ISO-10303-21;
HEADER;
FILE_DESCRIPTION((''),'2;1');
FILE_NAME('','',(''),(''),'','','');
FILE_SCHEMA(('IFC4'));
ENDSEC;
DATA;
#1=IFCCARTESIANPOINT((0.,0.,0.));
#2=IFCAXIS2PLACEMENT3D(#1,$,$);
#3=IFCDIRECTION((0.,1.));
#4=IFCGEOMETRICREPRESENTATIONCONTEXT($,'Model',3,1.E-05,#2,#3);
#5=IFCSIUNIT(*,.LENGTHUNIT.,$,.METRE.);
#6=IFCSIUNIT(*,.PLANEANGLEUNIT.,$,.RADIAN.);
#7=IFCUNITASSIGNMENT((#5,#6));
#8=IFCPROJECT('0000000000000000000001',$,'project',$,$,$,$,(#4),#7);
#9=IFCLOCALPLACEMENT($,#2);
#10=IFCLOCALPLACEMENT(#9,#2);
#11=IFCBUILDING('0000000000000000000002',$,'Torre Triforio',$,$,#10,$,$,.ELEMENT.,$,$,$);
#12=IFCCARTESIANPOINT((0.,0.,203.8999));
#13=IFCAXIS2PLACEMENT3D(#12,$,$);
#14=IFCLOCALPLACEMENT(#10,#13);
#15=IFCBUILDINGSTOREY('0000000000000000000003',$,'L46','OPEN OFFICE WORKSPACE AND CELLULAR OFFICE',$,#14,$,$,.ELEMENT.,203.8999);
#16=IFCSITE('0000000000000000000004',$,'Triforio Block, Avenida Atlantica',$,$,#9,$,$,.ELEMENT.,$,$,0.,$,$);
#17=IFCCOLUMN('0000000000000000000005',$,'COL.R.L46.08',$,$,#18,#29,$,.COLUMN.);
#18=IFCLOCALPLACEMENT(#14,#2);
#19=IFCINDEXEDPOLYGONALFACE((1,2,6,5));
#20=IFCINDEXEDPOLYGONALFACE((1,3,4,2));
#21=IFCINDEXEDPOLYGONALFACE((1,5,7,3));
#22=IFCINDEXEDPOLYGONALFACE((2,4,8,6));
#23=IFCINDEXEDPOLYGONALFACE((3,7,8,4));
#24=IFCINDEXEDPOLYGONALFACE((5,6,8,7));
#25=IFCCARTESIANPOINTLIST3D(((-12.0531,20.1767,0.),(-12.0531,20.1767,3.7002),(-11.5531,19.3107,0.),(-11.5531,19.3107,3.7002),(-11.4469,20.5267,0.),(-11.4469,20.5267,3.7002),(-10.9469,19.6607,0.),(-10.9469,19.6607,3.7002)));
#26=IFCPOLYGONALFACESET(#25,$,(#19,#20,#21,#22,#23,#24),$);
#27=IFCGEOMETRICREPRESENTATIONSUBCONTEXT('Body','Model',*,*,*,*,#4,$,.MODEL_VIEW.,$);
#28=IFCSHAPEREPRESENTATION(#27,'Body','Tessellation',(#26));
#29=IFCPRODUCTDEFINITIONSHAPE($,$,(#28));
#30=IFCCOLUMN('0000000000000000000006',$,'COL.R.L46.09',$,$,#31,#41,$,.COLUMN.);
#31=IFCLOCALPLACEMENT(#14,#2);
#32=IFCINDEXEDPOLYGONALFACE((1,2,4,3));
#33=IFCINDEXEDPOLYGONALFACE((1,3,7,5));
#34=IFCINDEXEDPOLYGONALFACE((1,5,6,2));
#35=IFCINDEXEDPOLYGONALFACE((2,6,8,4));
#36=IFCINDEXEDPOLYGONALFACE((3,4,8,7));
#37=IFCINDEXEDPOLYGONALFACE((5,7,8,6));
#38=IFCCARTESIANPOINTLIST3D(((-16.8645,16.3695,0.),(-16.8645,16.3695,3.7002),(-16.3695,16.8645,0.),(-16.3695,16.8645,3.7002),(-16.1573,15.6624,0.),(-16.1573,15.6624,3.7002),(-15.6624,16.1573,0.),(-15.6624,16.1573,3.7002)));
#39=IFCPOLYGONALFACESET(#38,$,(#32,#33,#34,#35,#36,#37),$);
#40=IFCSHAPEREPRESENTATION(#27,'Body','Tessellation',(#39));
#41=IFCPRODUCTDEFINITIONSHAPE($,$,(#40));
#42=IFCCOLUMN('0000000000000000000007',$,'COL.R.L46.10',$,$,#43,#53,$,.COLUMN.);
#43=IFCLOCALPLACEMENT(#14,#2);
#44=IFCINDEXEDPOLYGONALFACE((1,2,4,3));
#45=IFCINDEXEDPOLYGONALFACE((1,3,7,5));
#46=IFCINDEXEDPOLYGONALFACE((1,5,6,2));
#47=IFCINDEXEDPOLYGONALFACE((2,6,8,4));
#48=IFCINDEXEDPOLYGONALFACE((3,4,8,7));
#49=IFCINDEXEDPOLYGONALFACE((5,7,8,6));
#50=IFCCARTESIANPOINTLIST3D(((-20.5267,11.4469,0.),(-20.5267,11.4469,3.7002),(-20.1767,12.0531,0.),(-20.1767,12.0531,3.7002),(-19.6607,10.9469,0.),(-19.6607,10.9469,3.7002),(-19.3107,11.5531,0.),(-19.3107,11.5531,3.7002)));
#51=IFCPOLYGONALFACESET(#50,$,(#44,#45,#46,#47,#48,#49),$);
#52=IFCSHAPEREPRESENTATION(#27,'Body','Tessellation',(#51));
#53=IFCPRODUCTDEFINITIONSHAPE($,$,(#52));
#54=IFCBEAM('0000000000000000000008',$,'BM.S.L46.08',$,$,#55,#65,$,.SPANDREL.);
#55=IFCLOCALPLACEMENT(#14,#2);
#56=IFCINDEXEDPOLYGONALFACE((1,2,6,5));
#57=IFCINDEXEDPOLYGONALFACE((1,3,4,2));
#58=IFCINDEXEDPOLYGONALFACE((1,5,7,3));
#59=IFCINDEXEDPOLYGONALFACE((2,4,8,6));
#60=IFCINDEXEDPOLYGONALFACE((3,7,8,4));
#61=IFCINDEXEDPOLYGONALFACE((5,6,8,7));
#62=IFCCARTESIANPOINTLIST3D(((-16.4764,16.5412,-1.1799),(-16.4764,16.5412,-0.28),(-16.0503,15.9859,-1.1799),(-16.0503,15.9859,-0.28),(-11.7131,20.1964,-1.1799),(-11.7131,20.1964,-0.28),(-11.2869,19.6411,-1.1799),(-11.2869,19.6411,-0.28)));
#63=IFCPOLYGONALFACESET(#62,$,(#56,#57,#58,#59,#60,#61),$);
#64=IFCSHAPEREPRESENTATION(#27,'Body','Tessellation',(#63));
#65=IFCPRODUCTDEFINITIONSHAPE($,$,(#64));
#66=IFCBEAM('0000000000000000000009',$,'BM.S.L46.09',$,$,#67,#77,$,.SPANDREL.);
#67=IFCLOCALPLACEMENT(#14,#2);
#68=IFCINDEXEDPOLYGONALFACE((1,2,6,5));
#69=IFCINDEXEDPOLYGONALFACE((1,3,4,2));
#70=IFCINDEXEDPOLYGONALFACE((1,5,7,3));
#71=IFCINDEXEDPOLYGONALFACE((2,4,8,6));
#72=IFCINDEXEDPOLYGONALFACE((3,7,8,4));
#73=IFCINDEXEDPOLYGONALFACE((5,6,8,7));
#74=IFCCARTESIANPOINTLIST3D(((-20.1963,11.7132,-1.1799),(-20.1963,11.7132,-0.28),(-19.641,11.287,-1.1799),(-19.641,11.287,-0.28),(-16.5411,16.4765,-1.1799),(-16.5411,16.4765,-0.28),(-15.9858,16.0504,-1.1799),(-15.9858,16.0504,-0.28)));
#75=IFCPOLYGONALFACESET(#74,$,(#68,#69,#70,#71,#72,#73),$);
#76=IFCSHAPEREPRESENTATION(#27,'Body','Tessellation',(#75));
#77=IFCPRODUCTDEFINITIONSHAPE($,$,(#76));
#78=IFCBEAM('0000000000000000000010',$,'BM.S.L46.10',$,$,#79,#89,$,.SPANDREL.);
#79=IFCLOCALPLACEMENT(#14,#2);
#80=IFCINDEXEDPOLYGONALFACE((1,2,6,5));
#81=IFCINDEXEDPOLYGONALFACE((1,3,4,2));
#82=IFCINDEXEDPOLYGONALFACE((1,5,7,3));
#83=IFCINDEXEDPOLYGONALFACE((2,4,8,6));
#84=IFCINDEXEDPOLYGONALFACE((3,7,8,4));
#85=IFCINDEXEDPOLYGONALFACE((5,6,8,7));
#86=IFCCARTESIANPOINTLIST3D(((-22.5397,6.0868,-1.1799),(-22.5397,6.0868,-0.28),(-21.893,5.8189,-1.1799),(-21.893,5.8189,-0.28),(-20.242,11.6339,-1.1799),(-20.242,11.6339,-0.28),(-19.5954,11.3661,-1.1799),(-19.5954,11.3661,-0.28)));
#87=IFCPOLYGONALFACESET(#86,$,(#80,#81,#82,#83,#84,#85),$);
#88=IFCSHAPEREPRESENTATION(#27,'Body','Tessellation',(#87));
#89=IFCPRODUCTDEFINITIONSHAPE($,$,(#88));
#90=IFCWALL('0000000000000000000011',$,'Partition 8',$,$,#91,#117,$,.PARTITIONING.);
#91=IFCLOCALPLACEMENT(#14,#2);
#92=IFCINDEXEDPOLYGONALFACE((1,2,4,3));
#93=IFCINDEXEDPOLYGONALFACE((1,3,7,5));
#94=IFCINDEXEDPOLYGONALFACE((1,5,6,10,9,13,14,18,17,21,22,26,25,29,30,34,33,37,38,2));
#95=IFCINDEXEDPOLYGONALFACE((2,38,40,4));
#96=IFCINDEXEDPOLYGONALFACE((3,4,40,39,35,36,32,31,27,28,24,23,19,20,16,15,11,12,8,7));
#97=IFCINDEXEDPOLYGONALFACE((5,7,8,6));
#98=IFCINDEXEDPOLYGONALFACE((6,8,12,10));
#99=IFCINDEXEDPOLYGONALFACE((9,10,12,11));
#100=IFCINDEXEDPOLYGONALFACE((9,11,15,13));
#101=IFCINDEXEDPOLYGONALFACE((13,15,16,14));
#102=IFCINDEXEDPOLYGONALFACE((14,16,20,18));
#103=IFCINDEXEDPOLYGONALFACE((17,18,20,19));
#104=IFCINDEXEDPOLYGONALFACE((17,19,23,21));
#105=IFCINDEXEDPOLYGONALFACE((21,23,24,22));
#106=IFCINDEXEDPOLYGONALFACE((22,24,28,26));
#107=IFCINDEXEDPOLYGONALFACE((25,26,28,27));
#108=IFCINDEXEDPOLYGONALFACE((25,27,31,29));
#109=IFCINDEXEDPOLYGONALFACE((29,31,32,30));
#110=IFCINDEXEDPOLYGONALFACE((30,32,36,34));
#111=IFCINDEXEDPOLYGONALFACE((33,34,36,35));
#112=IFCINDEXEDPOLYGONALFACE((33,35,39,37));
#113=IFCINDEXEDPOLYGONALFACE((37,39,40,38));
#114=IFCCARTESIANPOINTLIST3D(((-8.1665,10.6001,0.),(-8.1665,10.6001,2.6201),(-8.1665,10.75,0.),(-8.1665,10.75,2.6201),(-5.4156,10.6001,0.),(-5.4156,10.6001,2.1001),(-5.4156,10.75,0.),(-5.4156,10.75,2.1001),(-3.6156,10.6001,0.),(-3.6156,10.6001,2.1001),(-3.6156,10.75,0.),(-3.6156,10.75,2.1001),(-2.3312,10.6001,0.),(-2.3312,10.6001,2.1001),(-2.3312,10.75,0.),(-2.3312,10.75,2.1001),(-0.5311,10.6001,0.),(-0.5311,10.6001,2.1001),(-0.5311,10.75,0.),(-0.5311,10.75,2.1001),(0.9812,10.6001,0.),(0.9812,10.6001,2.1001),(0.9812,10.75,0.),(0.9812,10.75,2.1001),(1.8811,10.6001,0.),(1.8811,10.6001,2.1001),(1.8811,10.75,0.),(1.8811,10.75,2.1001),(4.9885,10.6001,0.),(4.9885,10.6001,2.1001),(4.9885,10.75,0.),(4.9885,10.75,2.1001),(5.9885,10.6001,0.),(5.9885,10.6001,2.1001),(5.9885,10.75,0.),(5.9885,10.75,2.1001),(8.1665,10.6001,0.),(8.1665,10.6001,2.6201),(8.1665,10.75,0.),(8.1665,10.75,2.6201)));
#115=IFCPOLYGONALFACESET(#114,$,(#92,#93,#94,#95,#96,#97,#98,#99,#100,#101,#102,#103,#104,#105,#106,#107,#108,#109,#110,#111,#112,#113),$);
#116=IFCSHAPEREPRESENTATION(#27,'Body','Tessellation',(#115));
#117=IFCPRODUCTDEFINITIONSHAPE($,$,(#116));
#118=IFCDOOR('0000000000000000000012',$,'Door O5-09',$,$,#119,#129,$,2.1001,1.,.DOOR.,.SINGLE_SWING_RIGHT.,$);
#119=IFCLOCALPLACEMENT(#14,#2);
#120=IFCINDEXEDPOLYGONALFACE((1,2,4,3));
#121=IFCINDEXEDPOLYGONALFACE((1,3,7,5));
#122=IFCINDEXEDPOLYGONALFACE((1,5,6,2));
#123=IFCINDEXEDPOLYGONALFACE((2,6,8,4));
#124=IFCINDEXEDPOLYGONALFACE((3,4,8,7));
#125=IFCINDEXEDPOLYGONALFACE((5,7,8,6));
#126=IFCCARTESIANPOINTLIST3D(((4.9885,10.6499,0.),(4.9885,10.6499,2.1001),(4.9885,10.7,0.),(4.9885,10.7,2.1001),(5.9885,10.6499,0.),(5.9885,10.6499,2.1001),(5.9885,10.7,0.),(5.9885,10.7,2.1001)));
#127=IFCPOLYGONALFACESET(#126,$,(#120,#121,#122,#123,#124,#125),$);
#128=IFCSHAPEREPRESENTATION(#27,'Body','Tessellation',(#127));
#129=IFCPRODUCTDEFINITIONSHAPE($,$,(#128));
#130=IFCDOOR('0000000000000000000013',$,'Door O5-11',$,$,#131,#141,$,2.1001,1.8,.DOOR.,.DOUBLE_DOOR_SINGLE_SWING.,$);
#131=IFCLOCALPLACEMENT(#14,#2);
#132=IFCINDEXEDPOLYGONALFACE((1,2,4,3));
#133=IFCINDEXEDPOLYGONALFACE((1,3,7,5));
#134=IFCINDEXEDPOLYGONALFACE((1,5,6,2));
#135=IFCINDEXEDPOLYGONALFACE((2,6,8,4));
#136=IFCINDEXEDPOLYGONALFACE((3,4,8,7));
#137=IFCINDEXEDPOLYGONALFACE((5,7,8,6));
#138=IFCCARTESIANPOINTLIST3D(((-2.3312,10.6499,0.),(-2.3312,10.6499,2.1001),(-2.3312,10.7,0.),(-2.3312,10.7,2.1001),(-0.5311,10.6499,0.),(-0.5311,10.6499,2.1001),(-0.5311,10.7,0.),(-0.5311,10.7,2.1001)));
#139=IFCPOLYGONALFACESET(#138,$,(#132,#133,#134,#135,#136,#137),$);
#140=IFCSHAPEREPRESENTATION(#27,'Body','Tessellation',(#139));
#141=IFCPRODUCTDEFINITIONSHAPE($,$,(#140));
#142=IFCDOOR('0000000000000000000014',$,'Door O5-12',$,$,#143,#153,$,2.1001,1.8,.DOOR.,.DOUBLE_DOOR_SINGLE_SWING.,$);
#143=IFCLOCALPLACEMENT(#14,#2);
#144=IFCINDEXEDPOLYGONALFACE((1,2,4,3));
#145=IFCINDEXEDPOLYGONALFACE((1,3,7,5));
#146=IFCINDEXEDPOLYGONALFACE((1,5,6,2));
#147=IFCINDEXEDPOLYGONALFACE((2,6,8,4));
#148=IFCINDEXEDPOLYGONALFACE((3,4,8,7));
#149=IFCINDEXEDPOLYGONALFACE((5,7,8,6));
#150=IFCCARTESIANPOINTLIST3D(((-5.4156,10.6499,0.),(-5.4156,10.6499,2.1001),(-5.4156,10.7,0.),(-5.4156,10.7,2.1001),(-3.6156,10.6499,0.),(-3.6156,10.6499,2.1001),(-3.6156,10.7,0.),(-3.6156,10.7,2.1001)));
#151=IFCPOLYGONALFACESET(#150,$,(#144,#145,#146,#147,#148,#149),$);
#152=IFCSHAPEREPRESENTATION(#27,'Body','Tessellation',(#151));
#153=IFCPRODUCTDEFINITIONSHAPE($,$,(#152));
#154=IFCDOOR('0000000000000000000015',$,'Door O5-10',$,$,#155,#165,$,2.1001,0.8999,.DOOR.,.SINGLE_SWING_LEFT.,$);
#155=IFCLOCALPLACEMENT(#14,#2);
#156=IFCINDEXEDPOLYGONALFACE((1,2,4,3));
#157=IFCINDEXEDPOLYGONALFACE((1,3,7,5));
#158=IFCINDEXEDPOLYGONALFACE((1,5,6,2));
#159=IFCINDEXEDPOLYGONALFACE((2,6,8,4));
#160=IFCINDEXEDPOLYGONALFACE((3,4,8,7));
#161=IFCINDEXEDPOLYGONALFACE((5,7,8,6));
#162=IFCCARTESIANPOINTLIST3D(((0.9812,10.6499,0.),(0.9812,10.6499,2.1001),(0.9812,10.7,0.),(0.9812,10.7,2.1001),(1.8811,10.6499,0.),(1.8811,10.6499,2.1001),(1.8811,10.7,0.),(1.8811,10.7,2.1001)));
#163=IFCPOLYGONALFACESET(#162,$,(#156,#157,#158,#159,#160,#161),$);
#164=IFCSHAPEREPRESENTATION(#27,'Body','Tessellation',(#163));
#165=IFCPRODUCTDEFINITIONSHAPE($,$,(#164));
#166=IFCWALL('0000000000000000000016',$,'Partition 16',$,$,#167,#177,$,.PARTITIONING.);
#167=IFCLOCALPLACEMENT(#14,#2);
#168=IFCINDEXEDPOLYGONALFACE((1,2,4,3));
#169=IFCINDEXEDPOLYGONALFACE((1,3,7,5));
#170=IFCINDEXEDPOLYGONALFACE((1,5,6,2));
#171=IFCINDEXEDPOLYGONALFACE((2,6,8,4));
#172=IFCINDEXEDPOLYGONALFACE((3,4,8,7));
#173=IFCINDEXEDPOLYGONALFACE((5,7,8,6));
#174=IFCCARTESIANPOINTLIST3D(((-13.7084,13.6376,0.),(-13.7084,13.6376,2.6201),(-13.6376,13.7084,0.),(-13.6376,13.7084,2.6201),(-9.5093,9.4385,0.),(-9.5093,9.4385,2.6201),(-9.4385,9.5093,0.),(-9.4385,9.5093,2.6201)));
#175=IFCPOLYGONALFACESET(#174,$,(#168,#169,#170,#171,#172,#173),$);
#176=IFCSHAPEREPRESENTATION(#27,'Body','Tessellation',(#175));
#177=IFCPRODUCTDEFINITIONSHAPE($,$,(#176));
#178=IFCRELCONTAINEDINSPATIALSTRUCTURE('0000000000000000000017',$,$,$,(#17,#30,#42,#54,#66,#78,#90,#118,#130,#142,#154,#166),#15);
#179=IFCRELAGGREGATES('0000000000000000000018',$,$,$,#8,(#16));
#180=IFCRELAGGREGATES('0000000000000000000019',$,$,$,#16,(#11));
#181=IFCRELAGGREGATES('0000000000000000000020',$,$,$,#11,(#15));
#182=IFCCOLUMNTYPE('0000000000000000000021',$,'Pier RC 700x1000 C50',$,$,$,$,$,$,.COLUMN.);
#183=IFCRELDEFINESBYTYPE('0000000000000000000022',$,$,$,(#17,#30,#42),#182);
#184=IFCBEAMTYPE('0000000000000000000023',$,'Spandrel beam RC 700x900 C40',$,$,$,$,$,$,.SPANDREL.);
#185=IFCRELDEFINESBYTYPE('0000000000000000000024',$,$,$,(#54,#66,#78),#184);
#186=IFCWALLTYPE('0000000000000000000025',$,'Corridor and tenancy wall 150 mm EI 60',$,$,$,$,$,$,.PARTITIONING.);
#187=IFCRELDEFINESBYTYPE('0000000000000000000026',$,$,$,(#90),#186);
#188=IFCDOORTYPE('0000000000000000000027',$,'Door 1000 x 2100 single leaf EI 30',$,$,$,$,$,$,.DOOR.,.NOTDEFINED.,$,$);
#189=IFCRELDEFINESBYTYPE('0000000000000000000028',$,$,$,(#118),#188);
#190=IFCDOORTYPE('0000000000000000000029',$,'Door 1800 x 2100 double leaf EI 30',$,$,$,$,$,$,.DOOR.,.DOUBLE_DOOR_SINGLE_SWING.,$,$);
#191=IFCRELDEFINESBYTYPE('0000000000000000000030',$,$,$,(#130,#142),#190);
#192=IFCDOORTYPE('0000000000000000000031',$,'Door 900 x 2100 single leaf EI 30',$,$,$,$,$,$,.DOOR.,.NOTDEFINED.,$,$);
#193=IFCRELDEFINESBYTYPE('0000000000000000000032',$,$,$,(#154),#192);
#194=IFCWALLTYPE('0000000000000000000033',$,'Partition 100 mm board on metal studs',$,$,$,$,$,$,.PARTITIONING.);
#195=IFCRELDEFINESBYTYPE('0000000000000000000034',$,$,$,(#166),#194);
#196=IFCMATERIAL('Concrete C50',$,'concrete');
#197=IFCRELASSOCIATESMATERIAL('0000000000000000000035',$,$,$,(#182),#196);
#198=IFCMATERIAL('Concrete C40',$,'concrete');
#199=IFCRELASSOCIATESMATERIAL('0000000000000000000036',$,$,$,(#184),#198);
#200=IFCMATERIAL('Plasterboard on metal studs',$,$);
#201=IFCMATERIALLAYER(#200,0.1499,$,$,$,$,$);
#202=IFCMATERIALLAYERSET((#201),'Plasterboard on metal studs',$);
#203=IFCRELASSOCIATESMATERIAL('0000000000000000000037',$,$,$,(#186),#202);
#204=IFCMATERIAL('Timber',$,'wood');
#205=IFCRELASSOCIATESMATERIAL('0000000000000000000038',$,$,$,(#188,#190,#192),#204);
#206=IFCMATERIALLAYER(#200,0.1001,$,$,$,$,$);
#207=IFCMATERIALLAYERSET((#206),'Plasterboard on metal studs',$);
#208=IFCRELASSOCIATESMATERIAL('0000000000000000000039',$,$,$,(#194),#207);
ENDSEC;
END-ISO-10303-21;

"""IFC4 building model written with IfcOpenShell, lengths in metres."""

from ifc_helpers import new_model, si_unit, direction, frame, frame_2d, origin, origin_2d, place, context, subcontext, project, spatial, rectangle, extrude, material, layer, layer_set, material_profile, profile_set, type_object, element, fill, save


model = new_model("IFC4")

# Units and contexts
model_context = context("Model", 3, precision=1e-05, world=origin(), true_north=direction((0.0, 1.0)))
body_context = subcontext(model_context, "Body", "Model", "MODEL_VIEW")
ifc_project = project(units=[si_unit("LENGTHUNIT", "METRE"), si_unit("PLANEANGLEUNIT", "RADIAN")], contexts=[model_context])

# Site, building, storey
site_placement = place(None, origin())
site = spatial("IfcSite", under=ifc_project, at=site_placement, Name="Triforio Block, Avenida Atlantica", CompositionType="ELEMENT", RefElevation=0.0)
building_placement = place(site_placement, origin())
building = spatial("IfcBuilding", under=site, at=building_placement, Name="Torre Triforio", CompositionType="ELEMENT")
storey_placement = place(building_placement, frame((0.0, 0.0, 203.8999)))
storey = spatial("IfcBuildingStorey", under=building, at=storey_placement, Name="L46", Description="OPEN OFFICE WORKSPACE AND CELLULAR OFFICE", CompositionType="ELEMENT", Elevation=203.8999)

# Columns
ifc_material_1 = material(Name="Concrete C50", Category="concrete")
ifc_material_profile_1 = material_profile(ifc_material_1, rectangle(XDim=0.7, YDim=1.0, at=origin_2d()), Name="RC 700x1000")
ifc_profile_set_1 = profile_set([ifc_material_profile_1], Name="Concrete C50")
column_type = type_object("IfcColumnType", Name="Pier RC 700x1000 C50", PredefinedType="COLUMN", material=ifc_profile_set_1)
for number, where, z_axis, x_axis, name in (
    (1, (-11.5, 19.9187, 0.0), (0.0, 0.0, 1.0), (-0.866025, -0.5, 0.0), "COL.R.L46.08"),
    (2, (-16.2634, 16.2634, 0.0), (0.0, 0.0, 1.0), (-0.707107, -0.707107, 0.0), "COL.R.L46.09"),
    (3, (-19.9187, 11.5, 0.0), (0.0, 0.0, 1.0), (-0.5, -0.866025, 0.0), "COL.R.L46.10"),
):
    element("IfcColumn", number, at=place(storey_placement, frame(where, z_axis=z_axis, x_axis=x_axis)), inside=storey, type_object=column_type, Name=name, PredefinedType="COLUMN", context=body_context, shape_type="SweptSolid", body=[
        extrude(rectangle(XDim=0.7, YDim=1.0, at=origin_2d()), origin(), (0.0, 0.0, 1.0), 3.7002),
    ])

# Beams
ifc_material_2 = material(Name="Concrete C40", Category="concrete")
ifc_material_profile_2 = material_profile(ifc_material_2, rectangle(XDim=0.7, YDim=0.8999, at=origin_2d()), Name="RC 700x900")
ifc_profile_set_2 = profile_set([ifc_material_profile_2], Name="Concrete C40")
beam_type = type_object("IfcBeamType", Name="Spandrel beam RC 700x900 C40", PredefinedType="SPANDREL", material=ifc_profile_set_2)
for number, where, z_axis, x_axis, name in (
    (4, (-11.5, 19.9187, -0.73), (-0.79334, -0.608779, 0.0), (0.608779, -0.79334, 0.0), "BM.S.L46.08"),
    (5, (-16.2634, 16.2634, -0.73), (-0.608779, -0.79334, 0.0), (0.79334, -0.608779, 0.0), "BM.S.L46.09"),
    (6, (-19.9187, 11.5, -0.73), (-0.382671, -0.923885, 0.0), (0.923885, -0.382671, 0.0), "BM.S.L46.10"),
):
    element("IfcBeam", number, at=place(storey_placement, frame(where, z_axis=z_axis, x_axis=x_axis)), inside=storey, type_object=beam_type, Name=name, PredefinedType="SPANDREL", context=body_context, shape_type="SweptSolid", body=[
        extrude(rectangle(XDim=0.7, YDim=0.8999, at=origin_2d()), origin(), (0.0, 0.0, 1.0), 6.0042),
    ])

# Wall, openings, doors
ifc_material_3 = material(Name="Plasterboard on metal studs")
ifc_layer_1 = layer(ifc_material_3, 0.1499)
ifc_layer_set_1 = layer_set([ifc_layer_1], Name="Plasterboard on metal studs")
wall_type_1 = type_object("IfcWallType", Name="Corridor and tenancy wall 150 mm EI 60", PredefinedType="PARTITIONING", material=ifc_layer_set_1)
wall_1_placement = place(storey_placement, frame((-8.1665, 10.675, 0.0), z_axis=(0.0, 0.0, 1.0), x_axis=(1.0, 0.0, 0.0)))
wall_1 = element("IfcWall", 7, at=wall_1_placement, inside=storey, type_object=wall_type_1, Name="Partition 8", PredefinedType="PARTITIONING", context=body_context, shape_type="SweptSolid", body=[
    extrude(rectangle(XDim=16.333, YDim=0.1499, at=frame_2d((8.1665, 0.0))), origin(), (0.0, 0.0, 1.0), 2.6201),
])
opening_1_placement = place(wall_1_placement, frame((13.155, 0.0, 0.0)))
opening_1 = element("IfcOpeningElement", 8, at=opening_1_placement, cuts=wall_1, PredefinedType="OPENING", context=body_context, shape_type="SweptSolid", body=[
    extrude(rectangle(XDim=1.0, YDim=2.1001, at=frame_2d((0.5, 1.05))), frame((0.0, 0.085, 0.0), z_axis=(0.0, -1.0, 0.0), x_axis=(1.0, 0.0, 0.0)), (0.0, 0.0, 1.0), 0.1699),
])
opening_2_placement = place(wall_1_placement, frame((9.1477, 0.0, 0.0)))
opening_2 = element("IfcOpeningElement", 9, at=opening_2_placement, cuts=wall_1, PredefinedType="OPENING", context=body_context, shape_type="SweptSolid", body=[
    extrude(rectangle(XDim=0.8999, YDim=2.1001, at=frame_2d((0.45, 1.05))), frame((0.0, 0.085, 0.0), z_axis=(0.0, -1.0, 0.0), x_axis=(1.0, 0.0, 0.0)), (0.0, 0.0, 1.0), 0.1699),
])
opening_3_placement = place(wall_1_placement, frame((5.8354, 0.0, 0.0)))
opening_3 = element("IfcOpeningElement", 10, at=opening_3_placement, cuts=wall_1, PredefinedType="OPENING", context=body_context, shape_type="SweptSolid", body=[
    extrude(rectangle(XDim=1.8, YDim=2.1001, at=frame_2d((0.8999, 1.05))), frame((0.0, 0.085, 0.0), z_axis=(0.0, -1.0, 0.0), x_axis=(1.0, 0.0, 0.0)), (0.0, 0.0, 1.0), 0.1699),
])
opening_4_placement = place(wall_1_placement, frame((2.751, 0.0, 0.0)))
opening_4 = element("IfcOpeningElement", 11, at=opening_4_placement, cuts=wall_1, PredefinedType="OPENING", context=body_context, shape_type="SweptSolid", body=[
    extrude(rectangle(XDim=1.8, YDim=2.1001, at=frame_2d((0.8999, 1.05))), frame((0.0, 0.085, 0.0), z_axis=(0.0, -1.0, 0.0), x_axis=(1.0, 0.0, 0.0)), (0.0, 0.0, 1.0), 0.1699),
])
ifc_material_4 = material(Name="Timber", Category="wood")
door_type_1 = type_object("IfcDoorType", Name="Door 1000 x 2100 single leaf EI 30", OperationType="NOTDEFINED", PredefinedType="DOOR", material=ifc_material_4)
door_1_placement = place(opening_1_placement, origin())
door_1 = element("IfcDoor", 12, at=door_1_placement, inside=storey, type_object=door_type_1, Name="Door O5-09", OperationType="SINGLE_SWING_RIGHT", OverallHeight=2.1001, OverallWidth=1.0, PredefinedType="DOOR", context=body_context, shape_type="SweptSolid", body=[
    extrude(rectangle(XDim=1.0, YDim=2.1001, at=frame_2d((0.5, 1.05))), frame((0.0, 0.0249, 0.0), z_axis=(0.0, -1.0, 0.0), x_axis=(1.0, 0.0, 0.0)), (0.0, 0.0, 1.0), 0.05),
])
fill(opening_1, door_1)
door_type_2 = type_object("IfcDoorType", Name="Door 1800 x 2100 double leaf EI 30", OperationType="DOUBLE_DOOR_SINGLE_SWING", PredefinedType="DOOR", material=ifc_material_4)
door_2_placement = place(opening_3_placement, origin())
door_2 = element("IfcDoor", 13, at=door_2_placement, inside=storey, type_object=door_type_2, Name="Door O5-11", OperationType="DOUBLE_DOOR_SINGLE_SWING", OverallHeight=2.1001, OverallWidth=1.8, PredefinedType="DOOR", context=body_context, shape_type="SweptSolid", body=[
    extrude(rectangle(XDim=1.8, YDim=2.1001, at=frame_2d((0.8999, 1.05))), frame((0.0, 0.0249, 0.0), z_axis=(0.0, -1.0, 0.0), x_axis=(1.0, 0.0, 0.0)), (0.0, 0.0, 1.0), 0.05),
])
fill(opening_3, door_2)
door_3_placement = place(opening_4_placement, origin())
door_3 = element("IfcDoor", 14, at=door_3_placement, inside=storey, type_object=door_type_2, Name="Door O5-12", OperationType="DOUBLE_DOOR_SINGLE_SWING", OverallHeight=2.1001, OverallWidth=1.8, PredefinedType="DOOR", context=body_context, shape_type="SweptSolid", body=[
    extrude(rectangle(XDim=1.8, YDim=2.1001, at=frame_2d((0.8999, 1.05))), frame((0.0, 0.0249, 0.0), z_axis=(0.0, -1.0, 0.0), x_axis=(1.0, 0.0, 0.0)), (0.0, 0.0, 1.0), 0.05),
])
fill(opening_4, door_3)
door_type_3 = type_object("IfcDoorType", Name="Door 900 x 2100 single leaf EI 30", OperationType="NOTDEFINED", PredefinedType="DOOR", material=ifc_material_4)
door_4_placement = place(opening_2_placement, origin())
door_4 = element("IfcDoor", 15, at=door_4_placement, inside=storey, type_object=door_type_3, Name="Door O5-10", OperationType="SINGLE_SWING_LEFT", OverallHeight=2.1001, OverallWidth=0.8999, PredefinedType="DOOR", context=body_context, shape_type="SweptSolid", body=[
    extrude(rectangle(XDim=0.8999, YDim=2.1001, at=frame_2d((0.45, 1.05))), frame((0.0, 0.0249, 0.0), z_axis=(0.0, -1.0, 0.0), x_axis=(1.0, 0.0, 0.0)), (0.0, 0.0, 1.0), 0.05),
])
fill(opening_2, door_4)

# Wall
ifc_layer_2 = layer(ifc_material_3, 0.1001)
ifc_layer_set_2 = layer_set([ifc_layer_2], Name="Plasterboard on metal studs")
wall_type_2 = type_object("IfcWallType", Name="Partition 100 mm board on metal studs", PredefinedType="PARTITIONING", material=ifc_layer_set_2)
wall_2_placement = place(storey_placement, frame((-9.4739, 9.4739, 0.0), z_axis=(0.0, 0.0, 1.0), x_axis=(-0.707107, 0.707107, 0.0)))
element("IfcWall", 16, at=wall_2_placement, inside=storey, type_object=wall_type_2, Name="Partition 16", PredefinedType="PARTITIONING", context=body_context, shape_type="SweptSolid", body=[
    extrude(rectangle(XDim=5.9385, YDim=0.1001, at=frame_2d((2.9692, 0.0))), origin(), (0.0, 0.0, 1.0), 2.6201),
])

save(model, "model.ifc")
